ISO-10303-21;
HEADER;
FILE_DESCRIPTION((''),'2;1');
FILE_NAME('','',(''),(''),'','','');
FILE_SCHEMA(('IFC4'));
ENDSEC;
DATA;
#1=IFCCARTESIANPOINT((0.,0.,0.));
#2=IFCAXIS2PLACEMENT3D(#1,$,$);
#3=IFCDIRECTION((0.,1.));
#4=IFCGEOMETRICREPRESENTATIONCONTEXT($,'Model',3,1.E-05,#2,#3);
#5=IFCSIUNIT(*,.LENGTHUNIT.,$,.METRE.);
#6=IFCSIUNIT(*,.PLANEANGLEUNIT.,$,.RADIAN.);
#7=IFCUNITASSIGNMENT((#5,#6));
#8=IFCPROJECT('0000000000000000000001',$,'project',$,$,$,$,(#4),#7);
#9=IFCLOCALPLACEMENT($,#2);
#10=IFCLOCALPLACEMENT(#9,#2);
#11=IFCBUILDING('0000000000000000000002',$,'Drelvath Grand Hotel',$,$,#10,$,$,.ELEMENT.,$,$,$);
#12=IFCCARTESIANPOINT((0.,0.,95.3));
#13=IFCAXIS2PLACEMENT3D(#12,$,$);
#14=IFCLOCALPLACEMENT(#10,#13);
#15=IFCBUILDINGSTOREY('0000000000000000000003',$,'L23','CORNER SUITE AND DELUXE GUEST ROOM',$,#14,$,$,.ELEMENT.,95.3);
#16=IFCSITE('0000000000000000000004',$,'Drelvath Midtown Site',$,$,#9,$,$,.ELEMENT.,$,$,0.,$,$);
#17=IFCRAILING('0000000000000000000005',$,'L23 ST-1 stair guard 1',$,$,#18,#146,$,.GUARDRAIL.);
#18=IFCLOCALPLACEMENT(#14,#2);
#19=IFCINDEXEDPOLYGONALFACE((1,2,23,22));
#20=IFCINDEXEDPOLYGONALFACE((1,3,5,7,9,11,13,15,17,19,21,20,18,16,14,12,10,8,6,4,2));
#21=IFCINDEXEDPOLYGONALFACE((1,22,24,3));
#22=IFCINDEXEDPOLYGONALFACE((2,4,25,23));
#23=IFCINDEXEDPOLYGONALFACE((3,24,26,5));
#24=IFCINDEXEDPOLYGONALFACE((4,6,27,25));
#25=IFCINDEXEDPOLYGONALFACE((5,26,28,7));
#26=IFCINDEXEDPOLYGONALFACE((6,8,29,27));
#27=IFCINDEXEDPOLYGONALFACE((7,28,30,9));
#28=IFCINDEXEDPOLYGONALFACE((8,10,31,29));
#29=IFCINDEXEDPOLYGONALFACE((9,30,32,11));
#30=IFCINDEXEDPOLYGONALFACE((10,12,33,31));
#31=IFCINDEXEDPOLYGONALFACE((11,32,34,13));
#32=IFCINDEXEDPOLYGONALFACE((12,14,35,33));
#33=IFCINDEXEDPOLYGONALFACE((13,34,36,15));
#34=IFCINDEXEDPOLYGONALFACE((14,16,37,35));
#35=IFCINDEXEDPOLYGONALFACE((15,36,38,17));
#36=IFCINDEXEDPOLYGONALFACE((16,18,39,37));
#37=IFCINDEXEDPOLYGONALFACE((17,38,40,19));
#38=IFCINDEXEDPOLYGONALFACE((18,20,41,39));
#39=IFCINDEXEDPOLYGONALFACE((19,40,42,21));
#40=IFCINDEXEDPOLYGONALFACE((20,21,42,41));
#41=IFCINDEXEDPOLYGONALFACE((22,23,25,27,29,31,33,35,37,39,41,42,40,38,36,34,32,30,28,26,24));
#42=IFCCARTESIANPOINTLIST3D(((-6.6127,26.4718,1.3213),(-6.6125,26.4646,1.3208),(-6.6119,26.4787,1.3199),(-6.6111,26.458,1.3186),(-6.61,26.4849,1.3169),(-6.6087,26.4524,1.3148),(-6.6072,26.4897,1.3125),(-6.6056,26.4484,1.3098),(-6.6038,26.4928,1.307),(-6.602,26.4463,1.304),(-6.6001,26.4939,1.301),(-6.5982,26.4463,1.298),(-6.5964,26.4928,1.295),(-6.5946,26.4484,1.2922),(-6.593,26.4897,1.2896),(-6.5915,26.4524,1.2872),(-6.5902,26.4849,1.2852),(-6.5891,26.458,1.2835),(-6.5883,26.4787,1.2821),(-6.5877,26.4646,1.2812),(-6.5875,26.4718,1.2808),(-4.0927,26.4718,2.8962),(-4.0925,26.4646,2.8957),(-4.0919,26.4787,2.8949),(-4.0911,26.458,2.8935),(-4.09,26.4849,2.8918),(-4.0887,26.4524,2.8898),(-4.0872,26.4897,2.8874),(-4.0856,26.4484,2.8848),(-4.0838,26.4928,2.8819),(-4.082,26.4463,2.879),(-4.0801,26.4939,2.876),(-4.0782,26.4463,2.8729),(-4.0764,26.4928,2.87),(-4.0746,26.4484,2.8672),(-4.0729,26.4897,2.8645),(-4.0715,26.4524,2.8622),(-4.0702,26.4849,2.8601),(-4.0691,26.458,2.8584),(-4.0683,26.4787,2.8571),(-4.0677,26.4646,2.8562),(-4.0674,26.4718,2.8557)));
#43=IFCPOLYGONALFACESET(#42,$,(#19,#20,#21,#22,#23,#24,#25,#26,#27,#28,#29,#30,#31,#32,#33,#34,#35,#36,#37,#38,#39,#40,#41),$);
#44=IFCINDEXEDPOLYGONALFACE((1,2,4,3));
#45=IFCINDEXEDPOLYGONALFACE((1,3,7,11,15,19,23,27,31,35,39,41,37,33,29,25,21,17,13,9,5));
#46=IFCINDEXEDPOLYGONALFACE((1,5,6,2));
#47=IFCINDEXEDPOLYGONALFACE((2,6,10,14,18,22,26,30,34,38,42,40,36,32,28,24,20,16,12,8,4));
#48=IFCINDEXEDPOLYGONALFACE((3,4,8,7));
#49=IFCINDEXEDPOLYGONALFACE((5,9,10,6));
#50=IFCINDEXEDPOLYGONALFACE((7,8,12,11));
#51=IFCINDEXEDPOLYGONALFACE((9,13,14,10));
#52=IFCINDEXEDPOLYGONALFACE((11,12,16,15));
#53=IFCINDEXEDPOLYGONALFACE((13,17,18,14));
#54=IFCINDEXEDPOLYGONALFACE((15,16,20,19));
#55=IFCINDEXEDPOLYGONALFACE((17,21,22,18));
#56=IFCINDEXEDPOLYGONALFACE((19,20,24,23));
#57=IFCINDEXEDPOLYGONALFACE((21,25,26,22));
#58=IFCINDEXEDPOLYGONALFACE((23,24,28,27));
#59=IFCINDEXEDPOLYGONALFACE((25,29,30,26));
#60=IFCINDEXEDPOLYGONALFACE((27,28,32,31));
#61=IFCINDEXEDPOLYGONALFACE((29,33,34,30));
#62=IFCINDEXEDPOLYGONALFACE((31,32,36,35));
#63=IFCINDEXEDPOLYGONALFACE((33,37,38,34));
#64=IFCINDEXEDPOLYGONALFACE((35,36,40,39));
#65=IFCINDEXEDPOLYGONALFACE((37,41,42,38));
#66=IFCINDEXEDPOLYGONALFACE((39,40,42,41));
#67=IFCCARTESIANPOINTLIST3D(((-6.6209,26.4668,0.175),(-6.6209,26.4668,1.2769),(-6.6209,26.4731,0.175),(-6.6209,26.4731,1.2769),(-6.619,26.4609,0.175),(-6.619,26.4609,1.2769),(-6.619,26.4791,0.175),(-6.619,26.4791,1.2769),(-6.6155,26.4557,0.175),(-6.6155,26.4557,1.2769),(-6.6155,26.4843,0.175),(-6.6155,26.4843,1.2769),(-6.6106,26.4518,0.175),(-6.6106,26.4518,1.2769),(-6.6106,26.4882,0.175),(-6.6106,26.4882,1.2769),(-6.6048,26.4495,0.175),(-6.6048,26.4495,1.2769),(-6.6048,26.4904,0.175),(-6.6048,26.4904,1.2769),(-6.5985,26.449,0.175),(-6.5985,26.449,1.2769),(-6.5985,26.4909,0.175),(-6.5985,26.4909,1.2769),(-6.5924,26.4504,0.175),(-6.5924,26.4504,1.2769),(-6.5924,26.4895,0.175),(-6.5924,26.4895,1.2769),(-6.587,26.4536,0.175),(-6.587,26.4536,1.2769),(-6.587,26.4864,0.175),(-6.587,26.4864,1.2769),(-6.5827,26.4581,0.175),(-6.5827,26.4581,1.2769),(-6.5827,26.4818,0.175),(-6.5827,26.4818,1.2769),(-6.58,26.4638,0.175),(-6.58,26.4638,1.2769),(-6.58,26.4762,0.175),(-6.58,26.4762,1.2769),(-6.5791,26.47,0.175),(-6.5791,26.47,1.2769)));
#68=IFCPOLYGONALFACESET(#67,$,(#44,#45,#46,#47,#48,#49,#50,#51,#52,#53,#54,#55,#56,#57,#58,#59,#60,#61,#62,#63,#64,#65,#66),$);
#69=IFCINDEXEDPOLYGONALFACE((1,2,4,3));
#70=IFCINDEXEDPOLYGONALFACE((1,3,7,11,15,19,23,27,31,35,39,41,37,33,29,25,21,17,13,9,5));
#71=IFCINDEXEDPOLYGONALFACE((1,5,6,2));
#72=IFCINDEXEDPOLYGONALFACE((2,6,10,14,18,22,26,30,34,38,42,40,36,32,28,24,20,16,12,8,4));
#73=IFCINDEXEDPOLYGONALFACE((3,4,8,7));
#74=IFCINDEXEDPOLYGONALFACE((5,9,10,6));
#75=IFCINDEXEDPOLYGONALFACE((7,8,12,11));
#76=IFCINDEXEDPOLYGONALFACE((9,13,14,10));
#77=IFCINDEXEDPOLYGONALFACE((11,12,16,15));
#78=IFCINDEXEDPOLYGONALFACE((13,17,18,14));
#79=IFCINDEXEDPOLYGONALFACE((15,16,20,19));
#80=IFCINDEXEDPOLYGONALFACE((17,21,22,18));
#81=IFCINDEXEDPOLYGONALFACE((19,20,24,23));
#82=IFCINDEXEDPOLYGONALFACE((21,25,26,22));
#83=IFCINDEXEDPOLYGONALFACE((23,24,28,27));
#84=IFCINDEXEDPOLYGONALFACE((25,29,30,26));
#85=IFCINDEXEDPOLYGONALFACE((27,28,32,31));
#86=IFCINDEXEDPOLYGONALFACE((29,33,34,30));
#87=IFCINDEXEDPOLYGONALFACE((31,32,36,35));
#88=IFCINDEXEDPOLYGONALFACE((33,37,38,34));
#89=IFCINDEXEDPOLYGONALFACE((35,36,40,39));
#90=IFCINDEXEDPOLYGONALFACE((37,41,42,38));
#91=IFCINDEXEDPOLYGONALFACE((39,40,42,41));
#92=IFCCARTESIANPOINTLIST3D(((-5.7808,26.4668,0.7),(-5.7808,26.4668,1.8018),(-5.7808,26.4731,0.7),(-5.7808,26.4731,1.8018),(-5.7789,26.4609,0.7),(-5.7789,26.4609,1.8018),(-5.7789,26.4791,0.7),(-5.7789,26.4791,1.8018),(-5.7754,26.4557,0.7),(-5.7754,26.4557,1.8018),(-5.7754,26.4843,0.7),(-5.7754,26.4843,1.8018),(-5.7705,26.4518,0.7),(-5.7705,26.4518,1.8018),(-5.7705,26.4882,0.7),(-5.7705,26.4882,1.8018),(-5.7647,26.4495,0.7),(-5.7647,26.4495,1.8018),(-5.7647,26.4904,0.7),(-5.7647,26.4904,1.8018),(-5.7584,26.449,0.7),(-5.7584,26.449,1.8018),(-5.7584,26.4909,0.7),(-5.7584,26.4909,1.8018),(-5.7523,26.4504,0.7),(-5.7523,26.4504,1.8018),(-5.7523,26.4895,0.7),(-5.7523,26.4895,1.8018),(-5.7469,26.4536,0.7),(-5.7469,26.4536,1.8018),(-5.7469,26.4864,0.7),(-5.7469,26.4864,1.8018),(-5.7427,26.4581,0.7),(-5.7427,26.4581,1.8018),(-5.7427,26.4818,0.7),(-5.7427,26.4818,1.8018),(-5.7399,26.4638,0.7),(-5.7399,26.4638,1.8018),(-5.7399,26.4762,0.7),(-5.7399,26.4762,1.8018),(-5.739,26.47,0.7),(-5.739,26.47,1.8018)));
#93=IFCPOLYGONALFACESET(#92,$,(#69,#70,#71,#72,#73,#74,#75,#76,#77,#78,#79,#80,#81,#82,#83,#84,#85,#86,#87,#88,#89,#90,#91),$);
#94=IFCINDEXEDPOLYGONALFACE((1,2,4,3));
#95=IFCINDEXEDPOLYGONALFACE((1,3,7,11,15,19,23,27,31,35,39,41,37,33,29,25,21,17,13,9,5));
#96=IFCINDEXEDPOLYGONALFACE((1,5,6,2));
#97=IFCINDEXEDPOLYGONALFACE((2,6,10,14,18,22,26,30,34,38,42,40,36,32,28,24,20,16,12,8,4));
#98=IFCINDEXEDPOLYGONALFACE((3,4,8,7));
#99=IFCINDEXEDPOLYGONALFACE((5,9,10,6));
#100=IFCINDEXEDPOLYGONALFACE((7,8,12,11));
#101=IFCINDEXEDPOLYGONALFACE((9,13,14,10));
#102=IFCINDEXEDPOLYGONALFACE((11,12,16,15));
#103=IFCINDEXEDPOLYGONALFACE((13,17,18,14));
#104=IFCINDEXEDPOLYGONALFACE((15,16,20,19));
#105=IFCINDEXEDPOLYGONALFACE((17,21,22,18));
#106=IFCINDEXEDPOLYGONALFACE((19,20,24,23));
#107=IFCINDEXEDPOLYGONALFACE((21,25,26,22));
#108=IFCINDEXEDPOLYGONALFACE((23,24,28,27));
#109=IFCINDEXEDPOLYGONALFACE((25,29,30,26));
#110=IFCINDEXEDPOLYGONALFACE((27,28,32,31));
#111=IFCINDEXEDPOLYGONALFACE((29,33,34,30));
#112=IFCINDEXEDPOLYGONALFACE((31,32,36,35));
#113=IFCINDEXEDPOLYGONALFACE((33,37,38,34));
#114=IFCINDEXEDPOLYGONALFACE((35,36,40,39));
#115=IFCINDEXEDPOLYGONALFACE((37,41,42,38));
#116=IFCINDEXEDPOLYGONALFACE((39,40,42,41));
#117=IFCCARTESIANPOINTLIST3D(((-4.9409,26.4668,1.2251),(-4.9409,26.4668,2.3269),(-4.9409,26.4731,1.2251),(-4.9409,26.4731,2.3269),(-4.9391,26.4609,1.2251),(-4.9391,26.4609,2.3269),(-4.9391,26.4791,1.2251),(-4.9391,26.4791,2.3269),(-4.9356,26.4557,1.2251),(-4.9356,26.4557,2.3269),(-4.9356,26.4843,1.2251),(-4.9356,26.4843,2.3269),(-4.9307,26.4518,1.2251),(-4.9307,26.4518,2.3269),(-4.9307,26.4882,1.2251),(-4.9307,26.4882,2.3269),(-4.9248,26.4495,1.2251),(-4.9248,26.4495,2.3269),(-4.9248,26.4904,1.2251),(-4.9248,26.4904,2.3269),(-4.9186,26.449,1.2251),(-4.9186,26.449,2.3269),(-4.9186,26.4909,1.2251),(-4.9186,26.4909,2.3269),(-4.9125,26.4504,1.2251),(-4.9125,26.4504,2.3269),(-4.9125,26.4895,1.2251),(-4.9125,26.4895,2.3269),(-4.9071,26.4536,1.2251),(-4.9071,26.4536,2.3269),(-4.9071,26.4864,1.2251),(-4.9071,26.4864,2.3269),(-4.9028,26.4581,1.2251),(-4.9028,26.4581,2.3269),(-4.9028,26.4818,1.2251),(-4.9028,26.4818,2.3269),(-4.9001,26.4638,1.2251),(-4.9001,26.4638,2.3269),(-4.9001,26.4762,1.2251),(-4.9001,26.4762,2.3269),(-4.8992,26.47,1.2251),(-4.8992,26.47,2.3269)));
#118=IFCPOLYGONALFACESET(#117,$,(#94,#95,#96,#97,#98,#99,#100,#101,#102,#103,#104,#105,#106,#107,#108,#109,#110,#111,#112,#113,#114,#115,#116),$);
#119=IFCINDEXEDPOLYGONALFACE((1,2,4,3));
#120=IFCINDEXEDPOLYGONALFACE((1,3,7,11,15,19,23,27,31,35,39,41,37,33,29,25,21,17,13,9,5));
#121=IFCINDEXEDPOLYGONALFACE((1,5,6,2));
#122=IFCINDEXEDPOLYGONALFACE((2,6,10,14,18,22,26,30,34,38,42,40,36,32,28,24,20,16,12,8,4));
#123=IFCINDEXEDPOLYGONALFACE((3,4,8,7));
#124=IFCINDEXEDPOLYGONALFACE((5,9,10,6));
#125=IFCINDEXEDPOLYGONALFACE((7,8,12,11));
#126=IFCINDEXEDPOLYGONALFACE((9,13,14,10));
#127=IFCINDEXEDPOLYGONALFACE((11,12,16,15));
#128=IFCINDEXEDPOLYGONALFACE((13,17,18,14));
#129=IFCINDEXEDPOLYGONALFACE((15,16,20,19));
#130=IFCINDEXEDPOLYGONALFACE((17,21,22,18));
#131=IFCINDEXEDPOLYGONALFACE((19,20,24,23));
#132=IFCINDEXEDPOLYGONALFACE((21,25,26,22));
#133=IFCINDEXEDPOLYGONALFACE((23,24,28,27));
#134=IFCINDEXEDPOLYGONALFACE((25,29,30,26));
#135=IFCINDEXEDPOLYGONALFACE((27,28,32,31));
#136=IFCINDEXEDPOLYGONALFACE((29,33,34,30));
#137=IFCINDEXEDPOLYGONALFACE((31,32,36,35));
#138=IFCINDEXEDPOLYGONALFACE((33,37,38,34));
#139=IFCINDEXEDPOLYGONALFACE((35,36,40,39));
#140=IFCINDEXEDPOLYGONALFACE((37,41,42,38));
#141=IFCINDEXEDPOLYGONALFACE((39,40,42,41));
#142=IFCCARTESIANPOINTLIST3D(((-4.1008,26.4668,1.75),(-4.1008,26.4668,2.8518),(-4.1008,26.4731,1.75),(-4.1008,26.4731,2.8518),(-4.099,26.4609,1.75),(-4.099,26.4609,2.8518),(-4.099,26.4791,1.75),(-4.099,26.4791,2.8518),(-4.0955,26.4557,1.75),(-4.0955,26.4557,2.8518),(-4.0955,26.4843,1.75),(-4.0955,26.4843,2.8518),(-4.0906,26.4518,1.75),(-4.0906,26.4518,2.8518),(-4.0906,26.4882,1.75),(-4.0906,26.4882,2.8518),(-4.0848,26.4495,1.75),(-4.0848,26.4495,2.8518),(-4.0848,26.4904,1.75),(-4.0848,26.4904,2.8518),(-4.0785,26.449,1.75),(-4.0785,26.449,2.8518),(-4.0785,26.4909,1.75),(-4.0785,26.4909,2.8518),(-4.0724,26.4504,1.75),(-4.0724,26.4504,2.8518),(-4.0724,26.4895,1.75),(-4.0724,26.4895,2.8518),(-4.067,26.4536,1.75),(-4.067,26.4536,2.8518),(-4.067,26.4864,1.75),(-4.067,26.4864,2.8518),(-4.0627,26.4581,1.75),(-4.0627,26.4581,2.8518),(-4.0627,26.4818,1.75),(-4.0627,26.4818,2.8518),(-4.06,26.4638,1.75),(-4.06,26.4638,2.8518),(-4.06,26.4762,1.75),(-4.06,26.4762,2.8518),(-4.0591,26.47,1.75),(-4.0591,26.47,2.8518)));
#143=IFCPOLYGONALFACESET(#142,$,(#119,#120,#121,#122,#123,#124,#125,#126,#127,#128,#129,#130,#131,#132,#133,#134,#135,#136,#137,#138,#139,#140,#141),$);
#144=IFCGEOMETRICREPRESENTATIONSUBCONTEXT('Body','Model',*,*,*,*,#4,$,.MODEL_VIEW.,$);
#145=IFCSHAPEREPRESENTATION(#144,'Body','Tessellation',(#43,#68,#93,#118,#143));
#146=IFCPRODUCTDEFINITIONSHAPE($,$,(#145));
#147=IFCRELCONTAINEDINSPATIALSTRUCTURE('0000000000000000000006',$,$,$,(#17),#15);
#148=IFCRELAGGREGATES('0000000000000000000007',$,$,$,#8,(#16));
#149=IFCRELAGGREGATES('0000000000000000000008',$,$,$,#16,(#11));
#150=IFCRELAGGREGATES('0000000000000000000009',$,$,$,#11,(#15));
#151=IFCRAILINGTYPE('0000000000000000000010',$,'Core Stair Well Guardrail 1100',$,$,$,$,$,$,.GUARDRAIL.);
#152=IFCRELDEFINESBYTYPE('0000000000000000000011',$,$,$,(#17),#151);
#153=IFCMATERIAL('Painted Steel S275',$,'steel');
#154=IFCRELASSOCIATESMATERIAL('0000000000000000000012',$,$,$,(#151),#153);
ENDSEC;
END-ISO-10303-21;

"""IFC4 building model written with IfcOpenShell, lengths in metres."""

from ifc_helpers import new_model, si_unit, direction, frame, origin, origin_2d, place, context, subcontext, project, spatial, circle, extrude, material, type_object, element, save


model = new_model("IFC4")

# Units and contexts
model_context = context("Model", 3, precision=1e-05, world=origin(), true_north=direction((0.0, 1.0)))
body_context = subcontext(model_context, "Body", "Model", "MODEL_VIEW")
ifc_project = project(units=[si_unit("LENGTHUNIT", "METRE"), si_unit("PLANEANGLEUNIT", "RADIAN")], contexts=[model_context])

# Site, building, storey
site_placement = place(None, origin())
site = spatial("IfcSite", under=ifc_project, at=site_placement, Name="Drelvath Midtown Site", CompositionType="ELEMENT", RefElevation=0.0)
building_placement = place(site_placement, origin())
building = spatial("IfcBuilding", under=site, at=building_placement, Name="Drelvath Grand Hotel", CompositionType="ELEMENT")
storey_placement = place(building_placement, frame((0.0, 0.0, 95.3)))
storey = spatial("IfcBuildingStorey", under=building, at=storey_placement, Name="L23", Description="CORNER SUITE AND DELUXE GUEST ROOM", CompositionType="ELEMENT", Elevation=95.3)

# Shared definitions
ifc_material_1 = material(Name="Painted Steel S275", Category="steel")

# Railing
railing_type_1 = type_object("IfcRailingType", Name="Core Stair Well Guardrail 1100", PredefinedType="GUARDRAIL", material=ifc_material_1)
railing_1_placement = place(storey_placement, frame((-6.6001, 26.47, 0.175)))
element("IfcRailing", 1, at=railing_1_placement, inside=storey, type_object=railing_type_1, Name="L23 ST-1 stair guard 1", PredefinedType="GUARDRAIL", context=body_context, shape_type="SweptSolid", body=[
    extrude(circle(Radius=0.0239, at=origin_2d()), frame((0.0, 0.0, 1.126), z_axis=(0.848008, 0.0, 0.529984), x_axis=(0.0, 1.0, 0.0)), (0.0, 0.0, 1.0), 2.9717),
    extrude(circle(Radius=0.021, at=origin_2d()), origin(), (0.0, 0.0, 1.0), 1.1018),
    extrude(circle(Radius=0.021, at=origin_2d()), frame((0.8401, 0.0, 0.5249)), (0.0, 0.0, 1.0), 1.1018),
    extrude(circle(Radius=0.021, at=origin_2d()), frame((1.6799, 0.0, 1.05)), (0.0, 0.0, 1.0), 1.1018),
    extrude(circle(Radius=0.021, at=origin_2d()), frame((2.52, 0.0, 1.575)), (0.0, 0.0, 1.0), 1.1018),
])

save(model, "model.ifc")
